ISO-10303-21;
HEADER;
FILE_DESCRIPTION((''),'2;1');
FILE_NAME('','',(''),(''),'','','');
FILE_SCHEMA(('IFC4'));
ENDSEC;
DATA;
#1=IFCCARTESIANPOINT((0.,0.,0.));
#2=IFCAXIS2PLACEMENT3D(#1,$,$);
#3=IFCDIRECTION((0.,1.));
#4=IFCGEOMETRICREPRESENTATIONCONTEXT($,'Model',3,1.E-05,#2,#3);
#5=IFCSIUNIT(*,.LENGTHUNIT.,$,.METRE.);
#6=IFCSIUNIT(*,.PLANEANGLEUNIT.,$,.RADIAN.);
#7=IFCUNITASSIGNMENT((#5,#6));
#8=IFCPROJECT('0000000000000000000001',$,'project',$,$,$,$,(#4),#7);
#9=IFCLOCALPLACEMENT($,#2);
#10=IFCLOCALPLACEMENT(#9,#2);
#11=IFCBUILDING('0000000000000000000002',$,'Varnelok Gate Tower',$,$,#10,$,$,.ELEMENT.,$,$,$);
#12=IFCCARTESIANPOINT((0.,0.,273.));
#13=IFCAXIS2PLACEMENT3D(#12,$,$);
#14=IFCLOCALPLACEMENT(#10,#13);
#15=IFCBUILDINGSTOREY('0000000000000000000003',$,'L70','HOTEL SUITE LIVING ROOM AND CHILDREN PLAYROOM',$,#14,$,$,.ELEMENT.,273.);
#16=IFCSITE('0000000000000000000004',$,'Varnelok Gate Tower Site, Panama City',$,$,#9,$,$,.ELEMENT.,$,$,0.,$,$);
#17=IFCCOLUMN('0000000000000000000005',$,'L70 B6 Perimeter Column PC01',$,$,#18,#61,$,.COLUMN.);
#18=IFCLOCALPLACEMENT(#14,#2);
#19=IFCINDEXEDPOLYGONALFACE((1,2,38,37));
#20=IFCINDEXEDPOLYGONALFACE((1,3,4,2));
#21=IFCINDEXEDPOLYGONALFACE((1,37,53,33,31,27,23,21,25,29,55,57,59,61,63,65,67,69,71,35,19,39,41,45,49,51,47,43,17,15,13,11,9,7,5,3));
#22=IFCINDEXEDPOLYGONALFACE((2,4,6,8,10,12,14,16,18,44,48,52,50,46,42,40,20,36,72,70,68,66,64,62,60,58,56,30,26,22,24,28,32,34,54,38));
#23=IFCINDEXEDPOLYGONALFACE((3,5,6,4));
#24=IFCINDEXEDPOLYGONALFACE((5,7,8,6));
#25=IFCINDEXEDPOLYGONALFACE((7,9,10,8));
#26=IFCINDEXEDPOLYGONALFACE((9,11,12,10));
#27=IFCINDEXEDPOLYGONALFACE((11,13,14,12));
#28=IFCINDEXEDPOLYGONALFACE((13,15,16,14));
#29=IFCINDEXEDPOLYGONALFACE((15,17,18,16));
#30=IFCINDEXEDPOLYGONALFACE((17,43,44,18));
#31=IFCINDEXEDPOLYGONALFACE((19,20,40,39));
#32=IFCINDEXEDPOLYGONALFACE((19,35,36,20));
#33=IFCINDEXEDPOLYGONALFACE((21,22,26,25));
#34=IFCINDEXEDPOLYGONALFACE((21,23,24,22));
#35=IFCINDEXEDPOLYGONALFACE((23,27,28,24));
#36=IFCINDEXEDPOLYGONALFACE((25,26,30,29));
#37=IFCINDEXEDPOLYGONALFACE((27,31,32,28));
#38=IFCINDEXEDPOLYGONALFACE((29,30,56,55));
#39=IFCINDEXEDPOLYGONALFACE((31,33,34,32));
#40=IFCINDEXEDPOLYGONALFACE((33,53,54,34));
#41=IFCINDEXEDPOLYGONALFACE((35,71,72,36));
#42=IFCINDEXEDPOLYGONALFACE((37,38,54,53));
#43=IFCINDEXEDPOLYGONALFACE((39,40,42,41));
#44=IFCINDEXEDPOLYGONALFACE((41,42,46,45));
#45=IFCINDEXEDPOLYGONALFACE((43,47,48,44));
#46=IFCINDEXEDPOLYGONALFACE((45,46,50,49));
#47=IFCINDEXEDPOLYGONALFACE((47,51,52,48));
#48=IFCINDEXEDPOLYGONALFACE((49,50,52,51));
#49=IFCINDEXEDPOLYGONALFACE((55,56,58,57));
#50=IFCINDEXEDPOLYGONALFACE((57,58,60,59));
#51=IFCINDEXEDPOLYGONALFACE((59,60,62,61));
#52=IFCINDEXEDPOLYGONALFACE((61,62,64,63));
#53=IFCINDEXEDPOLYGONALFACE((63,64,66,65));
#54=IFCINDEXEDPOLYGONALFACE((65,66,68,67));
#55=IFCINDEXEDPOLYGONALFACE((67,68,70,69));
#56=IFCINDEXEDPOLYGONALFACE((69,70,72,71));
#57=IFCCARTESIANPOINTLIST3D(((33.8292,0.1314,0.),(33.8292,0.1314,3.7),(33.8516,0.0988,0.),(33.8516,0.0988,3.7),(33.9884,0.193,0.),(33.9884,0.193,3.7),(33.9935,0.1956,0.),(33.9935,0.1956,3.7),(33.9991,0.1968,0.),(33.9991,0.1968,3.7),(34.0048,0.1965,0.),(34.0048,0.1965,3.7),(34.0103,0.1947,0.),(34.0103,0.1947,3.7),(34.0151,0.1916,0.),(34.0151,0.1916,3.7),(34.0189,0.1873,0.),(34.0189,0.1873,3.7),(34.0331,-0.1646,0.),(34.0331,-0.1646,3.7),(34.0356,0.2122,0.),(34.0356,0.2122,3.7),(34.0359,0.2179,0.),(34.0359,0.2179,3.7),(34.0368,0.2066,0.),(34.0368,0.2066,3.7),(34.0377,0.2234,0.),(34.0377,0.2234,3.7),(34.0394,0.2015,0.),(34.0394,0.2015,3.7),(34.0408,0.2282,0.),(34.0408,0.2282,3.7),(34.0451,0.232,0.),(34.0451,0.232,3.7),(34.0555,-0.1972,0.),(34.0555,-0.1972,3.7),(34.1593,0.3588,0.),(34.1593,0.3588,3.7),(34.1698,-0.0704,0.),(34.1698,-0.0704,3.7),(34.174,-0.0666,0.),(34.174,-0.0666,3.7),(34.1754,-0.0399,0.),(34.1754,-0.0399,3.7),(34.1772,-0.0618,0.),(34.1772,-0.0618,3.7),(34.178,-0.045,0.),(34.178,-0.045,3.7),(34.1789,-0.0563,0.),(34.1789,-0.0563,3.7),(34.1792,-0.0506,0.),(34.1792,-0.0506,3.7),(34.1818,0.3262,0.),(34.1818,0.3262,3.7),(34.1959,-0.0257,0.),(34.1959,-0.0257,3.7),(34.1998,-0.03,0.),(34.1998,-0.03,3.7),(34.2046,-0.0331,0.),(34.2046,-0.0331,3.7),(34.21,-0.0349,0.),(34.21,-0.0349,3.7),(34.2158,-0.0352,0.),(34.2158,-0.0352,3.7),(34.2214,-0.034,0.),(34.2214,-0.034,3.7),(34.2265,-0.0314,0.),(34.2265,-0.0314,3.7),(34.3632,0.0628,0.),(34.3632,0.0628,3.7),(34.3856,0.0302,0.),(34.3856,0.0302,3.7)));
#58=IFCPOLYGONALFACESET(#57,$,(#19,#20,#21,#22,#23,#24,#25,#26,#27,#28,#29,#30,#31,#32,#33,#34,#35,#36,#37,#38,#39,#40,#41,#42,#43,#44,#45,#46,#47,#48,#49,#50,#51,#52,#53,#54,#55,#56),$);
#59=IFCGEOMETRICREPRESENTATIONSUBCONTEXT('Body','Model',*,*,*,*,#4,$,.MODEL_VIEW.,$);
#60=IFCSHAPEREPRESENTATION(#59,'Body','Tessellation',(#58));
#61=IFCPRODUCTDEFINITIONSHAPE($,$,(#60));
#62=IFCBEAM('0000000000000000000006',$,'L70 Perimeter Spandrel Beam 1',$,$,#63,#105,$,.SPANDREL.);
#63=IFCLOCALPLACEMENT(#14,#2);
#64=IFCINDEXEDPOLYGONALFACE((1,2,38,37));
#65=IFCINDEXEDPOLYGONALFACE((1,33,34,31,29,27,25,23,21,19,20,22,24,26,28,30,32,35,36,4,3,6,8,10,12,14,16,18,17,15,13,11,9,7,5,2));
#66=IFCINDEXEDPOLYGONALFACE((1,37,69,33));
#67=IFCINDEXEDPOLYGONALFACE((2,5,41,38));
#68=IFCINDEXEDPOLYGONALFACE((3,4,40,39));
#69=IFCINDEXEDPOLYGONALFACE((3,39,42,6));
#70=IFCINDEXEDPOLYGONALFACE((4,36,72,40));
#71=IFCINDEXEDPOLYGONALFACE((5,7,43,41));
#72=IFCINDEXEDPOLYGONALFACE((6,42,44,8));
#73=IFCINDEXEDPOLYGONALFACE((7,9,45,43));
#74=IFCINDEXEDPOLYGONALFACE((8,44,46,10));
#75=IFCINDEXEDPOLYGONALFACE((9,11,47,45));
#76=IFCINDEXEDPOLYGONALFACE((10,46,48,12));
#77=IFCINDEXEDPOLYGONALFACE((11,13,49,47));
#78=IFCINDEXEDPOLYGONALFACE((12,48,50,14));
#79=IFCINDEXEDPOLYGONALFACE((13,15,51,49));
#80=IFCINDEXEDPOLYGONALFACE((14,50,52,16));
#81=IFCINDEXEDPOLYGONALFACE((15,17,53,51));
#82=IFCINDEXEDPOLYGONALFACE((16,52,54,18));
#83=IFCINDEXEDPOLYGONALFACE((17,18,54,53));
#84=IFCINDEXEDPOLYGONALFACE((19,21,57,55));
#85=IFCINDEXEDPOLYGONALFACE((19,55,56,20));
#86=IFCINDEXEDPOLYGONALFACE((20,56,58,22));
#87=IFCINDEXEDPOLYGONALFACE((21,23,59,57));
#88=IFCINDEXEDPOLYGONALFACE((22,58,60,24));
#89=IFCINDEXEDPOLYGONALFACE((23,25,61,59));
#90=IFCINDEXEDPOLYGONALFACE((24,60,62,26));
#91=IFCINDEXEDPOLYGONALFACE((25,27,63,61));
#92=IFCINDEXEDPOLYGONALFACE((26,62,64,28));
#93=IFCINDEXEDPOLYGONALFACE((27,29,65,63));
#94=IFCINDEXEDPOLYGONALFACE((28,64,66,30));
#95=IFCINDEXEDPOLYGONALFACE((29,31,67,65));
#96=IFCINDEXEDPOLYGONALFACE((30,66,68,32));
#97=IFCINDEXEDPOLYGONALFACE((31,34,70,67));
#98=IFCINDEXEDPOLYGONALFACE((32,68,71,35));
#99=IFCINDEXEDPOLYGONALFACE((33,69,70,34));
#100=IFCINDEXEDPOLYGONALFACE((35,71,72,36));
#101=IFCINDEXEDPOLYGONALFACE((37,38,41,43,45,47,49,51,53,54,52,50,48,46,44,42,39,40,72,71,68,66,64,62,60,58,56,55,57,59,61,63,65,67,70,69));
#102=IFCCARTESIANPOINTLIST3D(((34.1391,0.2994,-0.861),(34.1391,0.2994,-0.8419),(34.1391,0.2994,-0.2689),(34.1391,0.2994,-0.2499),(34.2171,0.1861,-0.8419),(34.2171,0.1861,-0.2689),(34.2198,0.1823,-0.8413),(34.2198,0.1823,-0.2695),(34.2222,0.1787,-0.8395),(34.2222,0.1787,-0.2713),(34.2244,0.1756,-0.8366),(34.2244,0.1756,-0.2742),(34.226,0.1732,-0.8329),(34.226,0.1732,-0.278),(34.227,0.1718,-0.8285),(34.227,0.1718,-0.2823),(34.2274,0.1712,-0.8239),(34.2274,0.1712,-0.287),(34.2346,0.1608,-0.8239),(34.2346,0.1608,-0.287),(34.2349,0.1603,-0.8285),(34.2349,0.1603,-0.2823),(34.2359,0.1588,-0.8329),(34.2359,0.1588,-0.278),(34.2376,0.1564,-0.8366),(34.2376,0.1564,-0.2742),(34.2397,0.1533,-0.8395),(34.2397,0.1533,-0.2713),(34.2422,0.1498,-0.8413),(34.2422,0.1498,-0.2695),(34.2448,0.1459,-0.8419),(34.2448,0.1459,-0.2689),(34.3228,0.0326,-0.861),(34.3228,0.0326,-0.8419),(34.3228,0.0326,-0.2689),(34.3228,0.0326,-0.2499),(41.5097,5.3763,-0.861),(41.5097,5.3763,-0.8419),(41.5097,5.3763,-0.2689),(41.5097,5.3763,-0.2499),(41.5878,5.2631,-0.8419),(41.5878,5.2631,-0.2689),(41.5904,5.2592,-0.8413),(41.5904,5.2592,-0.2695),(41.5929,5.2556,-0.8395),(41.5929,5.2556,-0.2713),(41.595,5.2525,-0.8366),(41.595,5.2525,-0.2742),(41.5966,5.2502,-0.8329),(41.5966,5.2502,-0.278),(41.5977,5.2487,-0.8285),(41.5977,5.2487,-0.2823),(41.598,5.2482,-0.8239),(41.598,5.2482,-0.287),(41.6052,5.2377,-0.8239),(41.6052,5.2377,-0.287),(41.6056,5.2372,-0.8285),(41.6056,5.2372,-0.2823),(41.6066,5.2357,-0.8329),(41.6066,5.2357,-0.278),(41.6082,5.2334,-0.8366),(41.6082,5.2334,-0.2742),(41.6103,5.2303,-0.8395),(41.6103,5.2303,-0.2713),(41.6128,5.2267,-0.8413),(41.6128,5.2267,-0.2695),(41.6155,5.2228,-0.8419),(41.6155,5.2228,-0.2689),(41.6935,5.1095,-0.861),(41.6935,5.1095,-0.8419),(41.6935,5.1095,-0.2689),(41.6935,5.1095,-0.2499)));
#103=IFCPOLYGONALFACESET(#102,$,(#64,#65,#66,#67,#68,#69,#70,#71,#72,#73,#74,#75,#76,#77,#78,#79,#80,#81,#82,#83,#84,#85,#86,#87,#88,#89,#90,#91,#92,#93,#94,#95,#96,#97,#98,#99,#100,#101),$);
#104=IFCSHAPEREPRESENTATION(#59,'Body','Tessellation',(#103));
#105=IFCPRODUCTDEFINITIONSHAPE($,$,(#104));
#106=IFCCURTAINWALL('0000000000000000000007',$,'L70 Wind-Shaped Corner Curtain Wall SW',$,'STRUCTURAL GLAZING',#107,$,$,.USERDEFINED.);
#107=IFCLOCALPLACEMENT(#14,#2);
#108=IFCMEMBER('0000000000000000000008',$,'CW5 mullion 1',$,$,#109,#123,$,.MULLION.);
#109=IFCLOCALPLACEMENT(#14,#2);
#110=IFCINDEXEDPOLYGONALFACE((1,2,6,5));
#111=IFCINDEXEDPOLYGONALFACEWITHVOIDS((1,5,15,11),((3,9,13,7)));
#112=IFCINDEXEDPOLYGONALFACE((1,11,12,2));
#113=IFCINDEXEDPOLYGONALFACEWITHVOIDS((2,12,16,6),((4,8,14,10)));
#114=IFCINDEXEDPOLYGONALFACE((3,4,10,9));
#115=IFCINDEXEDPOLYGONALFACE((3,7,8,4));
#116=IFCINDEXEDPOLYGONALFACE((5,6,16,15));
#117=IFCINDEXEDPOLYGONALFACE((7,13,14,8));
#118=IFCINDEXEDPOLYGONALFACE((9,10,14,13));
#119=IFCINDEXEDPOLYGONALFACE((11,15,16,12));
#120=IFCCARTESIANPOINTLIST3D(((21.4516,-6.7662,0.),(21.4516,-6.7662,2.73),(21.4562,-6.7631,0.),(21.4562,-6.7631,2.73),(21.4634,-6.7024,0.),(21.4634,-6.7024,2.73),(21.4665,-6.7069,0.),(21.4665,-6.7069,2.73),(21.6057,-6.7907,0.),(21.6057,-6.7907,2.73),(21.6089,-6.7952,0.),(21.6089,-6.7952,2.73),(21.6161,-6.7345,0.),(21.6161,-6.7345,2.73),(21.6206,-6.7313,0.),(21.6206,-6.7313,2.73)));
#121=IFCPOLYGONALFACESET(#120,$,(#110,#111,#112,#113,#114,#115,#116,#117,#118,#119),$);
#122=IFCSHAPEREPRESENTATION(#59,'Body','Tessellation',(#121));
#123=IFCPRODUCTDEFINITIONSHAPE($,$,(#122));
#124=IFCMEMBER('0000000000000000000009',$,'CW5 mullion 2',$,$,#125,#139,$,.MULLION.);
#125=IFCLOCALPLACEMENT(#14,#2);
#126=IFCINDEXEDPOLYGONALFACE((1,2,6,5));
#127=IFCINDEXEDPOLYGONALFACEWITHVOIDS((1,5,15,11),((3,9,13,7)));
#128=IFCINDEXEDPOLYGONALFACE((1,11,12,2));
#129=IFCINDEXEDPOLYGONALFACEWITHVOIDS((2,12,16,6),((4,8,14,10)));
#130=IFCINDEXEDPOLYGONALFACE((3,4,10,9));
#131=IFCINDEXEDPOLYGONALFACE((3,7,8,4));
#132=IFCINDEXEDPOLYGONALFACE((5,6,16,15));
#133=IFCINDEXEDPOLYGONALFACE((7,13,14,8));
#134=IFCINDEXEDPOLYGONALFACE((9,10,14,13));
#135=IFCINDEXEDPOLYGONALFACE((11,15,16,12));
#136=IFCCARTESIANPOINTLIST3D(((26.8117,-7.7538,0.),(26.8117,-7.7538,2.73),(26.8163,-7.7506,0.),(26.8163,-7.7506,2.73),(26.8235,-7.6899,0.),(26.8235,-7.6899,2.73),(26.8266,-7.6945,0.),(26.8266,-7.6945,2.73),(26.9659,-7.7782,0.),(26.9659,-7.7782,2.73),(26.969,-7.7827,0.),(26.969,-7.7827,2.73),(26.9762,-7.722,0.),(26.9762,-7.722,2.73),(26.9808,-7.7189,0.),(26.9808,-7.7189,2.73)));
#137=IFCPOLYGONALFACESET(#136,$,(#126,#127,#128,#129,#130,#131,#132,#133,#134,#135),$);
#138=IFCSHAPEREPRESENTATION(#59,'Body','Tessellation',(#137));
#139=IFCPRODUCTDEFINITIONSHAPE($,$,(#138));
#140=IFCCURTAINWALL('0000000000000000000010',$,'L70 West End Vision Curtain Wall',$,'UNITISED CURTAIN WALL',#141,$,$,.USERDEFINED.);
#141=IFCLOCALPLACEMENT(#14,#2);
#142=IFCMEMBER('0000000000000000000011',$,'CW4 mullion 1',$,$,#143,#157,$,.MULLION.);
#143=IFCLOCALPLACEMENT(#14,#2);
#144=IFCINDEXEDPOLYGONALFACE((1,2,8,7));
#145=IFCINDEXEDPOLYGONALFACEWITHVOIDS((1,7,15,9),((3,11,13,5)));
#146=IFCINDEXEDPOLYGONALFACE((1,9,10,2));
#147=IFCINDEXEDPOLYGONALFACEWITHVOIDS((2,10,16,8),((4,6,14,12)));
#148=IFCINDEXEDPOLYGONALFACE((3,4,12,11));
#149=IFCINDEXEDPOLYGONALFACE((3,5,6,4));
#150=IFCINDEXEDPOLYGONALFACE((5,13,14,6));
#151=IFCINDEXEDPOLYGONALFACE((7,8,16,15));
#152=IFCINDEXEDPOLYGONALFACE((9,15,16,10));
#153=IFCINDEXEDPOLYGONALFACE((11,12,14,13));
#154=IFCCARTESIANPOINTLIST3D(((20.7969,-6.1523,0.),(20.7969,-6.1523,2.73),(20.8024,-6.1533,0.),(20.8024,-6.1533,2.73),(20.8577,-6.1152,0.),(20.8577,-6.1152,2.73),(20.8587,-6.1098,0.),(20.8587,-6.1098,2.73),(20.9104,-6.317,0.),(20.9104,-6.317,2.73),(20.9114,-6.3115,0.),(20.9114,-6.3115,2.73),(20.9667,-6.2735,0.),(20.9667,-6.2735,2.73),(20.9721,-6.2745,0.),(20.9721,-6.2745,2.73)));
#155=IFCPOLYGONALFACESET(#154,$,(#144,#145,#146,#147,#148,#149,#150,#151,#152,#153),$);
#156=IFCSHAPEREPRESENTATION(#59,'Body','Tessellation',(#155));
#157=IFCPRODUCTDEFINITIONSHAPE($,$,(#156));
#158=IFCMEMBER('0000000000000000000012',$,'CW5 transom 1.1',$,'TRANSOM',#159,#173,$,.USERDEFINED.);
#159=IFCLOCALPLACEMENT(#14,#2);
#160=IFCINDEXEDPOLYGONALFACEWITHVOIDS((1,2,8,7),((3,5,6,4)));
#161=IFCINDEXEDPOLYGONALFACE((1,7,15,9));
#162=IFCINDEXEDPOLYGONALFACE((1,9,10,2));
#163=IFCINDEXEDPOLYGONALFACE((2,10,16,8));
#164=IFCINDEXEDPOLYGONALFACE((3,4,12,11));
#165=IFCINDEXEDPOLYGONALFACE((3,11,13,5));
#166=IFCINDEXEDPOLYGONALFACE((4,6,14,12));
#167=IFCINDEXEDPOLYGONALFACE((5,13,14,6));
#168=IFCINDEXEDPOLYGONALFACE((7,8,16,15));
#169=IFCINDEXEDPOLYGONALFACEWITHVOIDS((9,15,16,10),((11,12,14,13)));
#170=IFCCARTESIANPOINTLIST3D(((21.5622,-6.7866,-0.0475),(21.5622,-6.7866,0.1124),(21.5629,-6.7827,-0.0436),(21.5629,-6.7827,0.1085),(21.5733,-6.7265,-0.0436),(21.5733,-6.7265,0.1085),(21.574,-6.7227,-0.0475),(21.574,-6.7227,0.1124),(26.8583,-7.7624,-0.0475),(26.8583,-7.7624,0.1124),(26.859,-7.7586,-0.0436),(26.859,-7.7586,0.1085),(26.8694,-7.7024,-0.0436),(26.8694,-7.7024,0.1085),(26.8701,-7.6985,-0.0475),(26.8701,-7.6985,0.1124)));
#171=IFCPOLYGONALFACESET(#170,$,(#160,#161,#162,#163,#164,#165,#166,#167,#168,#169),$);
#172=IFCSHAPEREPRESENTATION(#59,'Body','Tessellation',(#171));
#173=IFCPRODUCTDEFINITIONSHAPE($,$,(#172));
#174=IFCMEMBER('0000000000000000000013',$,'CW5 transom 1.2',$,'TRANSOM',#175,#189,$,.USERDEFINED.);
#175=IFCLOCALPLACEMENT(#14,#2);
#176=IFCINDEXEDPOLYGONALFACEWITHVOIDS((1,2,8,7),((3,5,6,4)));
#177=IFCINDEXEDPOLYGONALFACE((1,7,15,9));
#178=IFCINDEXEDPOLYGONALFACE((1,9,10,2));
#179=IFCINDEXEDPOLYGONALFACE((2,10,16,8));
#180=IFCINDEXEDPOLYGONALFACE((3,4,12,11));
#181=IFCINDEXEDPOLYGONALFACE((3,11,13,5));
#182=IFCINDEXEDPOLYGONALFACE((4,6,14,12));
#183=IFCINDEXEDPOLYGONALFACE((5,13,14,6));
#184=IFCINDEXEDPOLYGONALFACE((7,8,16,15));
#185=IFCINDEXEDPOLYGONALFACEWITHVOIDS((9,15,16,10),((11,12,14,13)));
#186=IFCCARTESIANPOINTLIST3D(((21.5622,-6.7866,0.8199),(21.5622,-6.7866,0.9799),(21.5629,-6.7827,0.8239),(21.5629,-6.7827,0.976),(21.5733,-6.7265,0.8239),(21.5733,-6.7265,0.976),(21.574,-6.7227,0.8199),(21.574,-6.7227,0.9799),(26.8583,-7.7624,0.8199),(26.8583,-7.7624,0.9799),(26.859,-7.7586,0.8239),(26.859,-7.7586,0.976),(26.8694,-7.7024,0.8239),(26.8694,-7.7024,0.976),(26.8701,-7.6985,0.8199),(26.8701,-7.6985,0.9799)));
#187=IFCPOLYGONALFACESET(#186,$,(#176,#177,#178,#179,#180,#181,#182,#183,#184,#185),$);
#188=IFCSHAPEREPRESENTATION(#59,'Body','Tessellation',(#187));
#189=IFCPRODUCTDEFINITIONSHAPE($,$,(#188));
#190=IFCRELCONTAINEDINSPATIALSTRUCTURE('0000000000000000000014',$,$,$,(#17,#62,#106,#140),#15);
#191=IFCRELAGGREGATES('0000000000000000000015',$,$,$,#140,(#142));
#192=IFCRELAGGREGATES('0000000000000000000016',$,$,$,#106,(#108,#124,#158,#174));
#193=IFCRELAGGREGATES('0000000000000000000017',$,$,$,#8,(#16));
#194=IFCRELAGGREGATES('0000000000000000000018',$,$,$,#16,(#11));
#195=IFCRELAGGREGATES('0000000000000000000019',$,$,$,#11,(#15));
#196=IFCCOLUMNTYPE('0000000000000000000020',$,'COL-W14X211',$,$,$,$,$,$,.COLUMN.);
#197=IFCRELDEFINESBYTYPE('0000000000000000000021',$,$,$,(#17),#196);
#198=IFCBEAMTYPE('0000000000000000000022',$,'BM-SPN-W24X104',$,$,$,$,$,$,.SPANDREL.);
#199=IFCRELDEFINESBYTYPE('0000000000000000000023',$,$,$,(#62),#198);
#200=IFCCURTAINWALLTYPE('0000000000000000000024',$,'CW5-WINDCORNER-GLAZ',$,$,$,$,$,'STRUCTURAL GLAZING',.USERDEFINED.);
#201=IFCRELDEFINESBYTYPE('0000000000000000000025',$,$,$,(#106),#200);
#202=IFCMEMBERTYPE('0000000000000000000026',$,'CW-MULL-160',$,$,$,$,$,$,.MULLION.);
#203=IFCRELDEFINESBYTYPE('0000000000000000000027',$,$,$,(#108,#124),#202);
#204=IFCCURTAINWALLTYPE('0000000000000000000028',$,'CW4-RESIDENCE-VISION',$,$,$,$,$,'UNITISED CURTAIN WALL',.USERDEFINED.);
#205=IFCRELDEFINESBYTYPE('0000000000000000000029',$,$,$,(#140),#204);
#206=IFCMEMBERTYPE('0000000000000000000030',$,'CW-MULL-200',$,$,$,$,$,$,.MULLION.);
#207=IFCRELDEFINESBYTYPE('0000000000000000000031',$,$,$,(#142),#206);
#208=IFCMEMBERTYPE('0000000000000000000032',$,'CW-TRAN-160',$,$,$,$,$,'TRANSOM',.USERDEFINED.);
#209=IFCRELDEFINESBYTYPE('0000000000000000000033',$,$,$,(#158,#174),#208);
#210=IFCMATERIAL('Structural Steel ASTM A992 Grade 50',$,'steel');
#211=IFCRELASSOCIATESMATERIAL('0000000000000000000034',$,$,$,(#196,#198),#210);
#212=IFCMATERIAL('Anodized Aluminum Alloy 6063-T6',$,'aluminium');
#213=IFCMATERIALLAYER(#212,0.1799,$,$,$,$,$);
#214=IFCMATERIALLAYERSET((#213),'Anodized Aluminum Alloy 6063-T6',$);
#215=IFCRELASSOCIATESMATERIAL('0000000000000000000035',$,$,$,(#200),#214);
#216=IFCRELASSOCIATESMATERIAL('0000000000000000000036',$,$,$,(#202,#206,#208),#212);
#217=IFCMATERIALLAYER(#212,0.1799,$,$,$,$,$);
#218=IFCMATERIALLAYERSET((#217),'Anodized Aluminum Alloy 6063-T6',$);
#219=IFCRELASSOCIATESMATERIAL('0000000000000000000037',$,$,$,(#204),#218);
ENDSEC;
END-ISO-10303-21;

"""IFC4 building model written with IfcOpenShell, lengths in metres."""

from ifc_helpers import new_model, si_unit, direction, frame, origin, origin_2d, place, context, subcontext, project, spatial, hollow_rectangle, i_section, extrude, material, layer, layer_set, material_profile, profile_set, type_object, element, aggregate, save


model = new_model("IFC4")

# Units and contexts
model_context = context("Model", 3, precision=1e-05, world=origin(), true_north=direction((0.0, 1.0)))
body_context = subcontext(model_context, "Body", "Model", "MODEL_VIEW")
ifc_project = project(units=[si_unit("LENGTHUNIT", "METRE"), si_unit("PLANEANGLEUNIT", "RADIAN")], contexts=[model_context])

# Site, building, storey
site_placement = place(None, origin())
site = spatial("IfcSite", under=ifc_project, at=site_placement, Name="Varnelok Gate Tower Site, Panama City", CompositionType="ELEMENT", RefElevation=0.0)
building_placement = place(site_placement, origin())
building = spatial("IfcBuilding", under=site, at=building_placement, Name="Varnelok Gate Tower", CompositionType="ELEMENT")
storey_placement = place(building_placement, frame((0.0, 0.0, 273.0)))
storey = spatial("IfcBuildingStorey", under=building, at=storey_placement, Name="L70", Description="HOTEL SUITE LIVING ROOM AND CHILDREN PLAYROOM", CompositionType="ELEMENT", Elevation=273.0)

# Column
ifc_material_1 = material(Name="Structural Steel ASTM A992 Grade 50", Category="steel")
ifc_material_profile_1 = material_profile(ifc_material_1, i_section(OverallWidth=0.4009, OverallDepth=0.3989, WebThickness=0.0249, FlangeThickness=0.0396, FilletRadius=0.022, at=origin_2d()), Name="W14X211")
ifc_profile_set_1 = profile_set([ifc_material_profile_1], Name="Structural Steel ASTM A992 Grade 50")
column_type = type_object("IfcColumnType", Name="COL-W14X211", PredefinedType="COLUMN", material=ifc_profile_set_1)
column_placement = place(storey_placement, frame((34.1074, 0.0808, 0.0), z_axis=(0.0, 0.0, 1.0), x_axis=(0.823533, 0.567269, 0.0)))
element("IfcColumn", 1, at=column_placement, inside=storey, type_object=column_type, Name="L70 B6 Perimeter Column PC01", PredefinedType="COLUMN", context=body_context, shape_type="SweptSolid", body=[
    extrude(i_section(OverallWidth=0.4009, OverallDepth=0.3989, WebThickness=0.0249, FlangeThickness=0.0396, FilletRadius=0.022, at=origin_2d()), origin(), (0.0, 0.0, 1.0), 3.7),
])

# Beam
ifc_material_profile_2 = material_profile(ifc_material_1, i_section(OverallWidth=0.324, OverallDepth=0.6111, WebThickness=0.0127, FlangeThickness=0.019, FilletRadius=0.0181, at=origin_2d()), Name="W24X104")
ifc_profile_set_2 = profile_set([ifc_material_profile_2], Name="Structural Steel ASTM A992 Grade 50")
beam_type = type_object("IfcBeamType", Name="BM-SPN-W24X104", PredefinedType="SPANDREL", material=ifc_profile_set_2)
beam_placement = place(storey_placement, frame((34.231, 0.166, -0.5554), z_axis=(0.82354, 0.567258, 0.0), x_axis=(-0.567258, 0.82354, 0.0)))
element("IfcBeam", 2, at=beam_placement, inside=storey, type_object=beam_type, Name="L70 Perimeter Spandrel Beam 1", PredefinedType="SPANDREL", context=body_context, shape_type="SweptSolid", body=[
    extrude(i_section(OverallWidth=0.324, OverallDepth=0.6111, WebThickness=0.0127, FlangeThickness=0.019, FilletRadius=0.0181, at=origin_2d()), origin(), (0.0, 0.0, 1.0), 8.95),
])

# Curtain wall, members
ifc_material_2 = material(Name="Anodized Aluminum Alloy 6063-T6", Category="aluminium")
ifc_layer_1 = layer(ifc_material_2, 0.1799)
ifc_layer_set_1 = layer_set([ifc_layer_1], Name="Anodized Aluminum Alloy 6063-T6")
curtain_wall_type_1 = type_object("IfcCurtainWallType", Name="CW5-WINDCORNER-GLAZ", ElementType="STRUCTURAL GLAZING", PredefinedType="USERDEFINED", material=ifc_layer_set_1)
curtain_wall_1_placement = place(storey_placement, origin())
curtain_wall_1 = element("IfcCurtainWall", 3, at=curtain_wall_1_placement, inside=storey, type_object=curtain_wall_type_1, Name="L70 Wind-Shaped Corner Curtain Wall SW", ObjectType="STRUCTURAL GLAZING", PredefinedType="USERDEFINED")
ifc_material_profile_3 = material_profile(ifc_material_2, hollow_rectangle(XDim=0.0649, YDim=0.1599, WallThickness=0.0039, at=origin_2d()), Name="ALU160X65X4")
ifc_profile_set_3 = profile_set([ifc_material_profile_3], Name="Anodized Aluminum Alloy 6063-T6")
member_type_1 = type_object("IfcMemberType", Name="CW-MULL-160", PredefinedType="MULLION", material=ifc_profile_set_3)
member_1_placement = place(storey_placement, frame((21.5361, -6.7488, 0.0), z_axis=(0.0, 0.0, 1.0), x_axis=(0.181202, 0.983446, 0.0)))
member_1 = element("IfcMember", 4, at=member_1_placement, type_object=member_type_1, Name="CW5 mullion 1", PredefinedType="MULLION", context=body_context, shape_type="SweptSolid", body=[
    extrude(hollow_rectangle(XDim=0.0649, YDim=0.1599, WallThickness=0.0039, at=origin_2d()), origin(), (0.0, 0.0, 1.0), 2.73),
])
member_2_placement = place(storey_placement, frame((26.8962, -7.7363, 0.0), z_axis=(0.0, 0.0, 1.0), x_axis=(0.181202, 0.983446, 0.0)))
member_2 = element("IfcMember", 5, at=member_2_placement, type_object=member_type_1, Name="CW5 mullion 2", PredefinedType="MULLION", context=body_context, shape_type="SweptSolid", body=[
    extrude(hollow_rectangle(XDim=0.0649, YDim=0.1599, WallThickness=0.0039, at=origin_2d()), origin(), (0.0, 0.0, 1.0), 2.73),
])

# Curtain wall, member
ifc_layer_2 = layer(ifc_material_2, 0.1799)
ifc_layer_set_2 = layer_set([ifc_layer_2], Name="Anodized Aluminum Alloy 6063-T6")
curtain_wall_type_2 = type_object("IfcCurtainWallType", Name="CW4-RESIDENCE-VISION", ElementType="UNITISED CURTAIN WALL", PredefinedType="USERDEFINED", material=ifc_layer_set_2)
curtain_wall_2_placement = place(storey_placement, origin())
curtain_wall_2 = element("IfcCurtainWall", 6, at=curtain_wall_2_placement, inside=storey, type_object=curtain_wall_type_2, Name="L70 West End Vision Curtain Wall", ObjectType="UNITISED CURTAIN WALL", PredefinedType="USERDEFINED")
ifc_material_profile_4 = material_profile(ifc_material_2, hollow_rectangle(XDim=0.075, YDim=0.2, WallThickness=0.0039, at=origin_2d()), Name="ALU200X75X4")
ifc_profile_set_4 = profile_set([ifc_material_profile_4], Name="Anodized Aluminum Alloy 6063-T6")
member_type_2 = type_object("IfcMemberType", Name="CW-MULL-200", PredefinedType="MULLION", material=ifc_profile_set_4)
member_3_placement = place(storey_placement, frame((20.8845, -6.2134, 0.0), z_axis=(0.0, 0.0, 1.0), x_axis=(-0.823532, -0.567269, 0.0)))
member_3 = element("IfcMember", 7, at=member_3_placement, type_object=member_type_2, Name="CW4 mullion 1", PredefinedType="MULLION", context=body_context, shape_type="SweptSolid", body=[
    extrude(hollow_rectangle(XDim=0.075, YDim=0.2, WallThickness=0.0039, at=origin_2d()), origin(), (0.0, 0.0, 1.0), 2.73),
])

# Members
ifc_material_profile_5 = material_profile(ifc_material_2, hollow_rectangle(XDim=0.0649, YDim=0.1599, WallThickness=0.0039, at=origin_2d()), Name="ALU160X65X4")
ifc_profile_set_5 = profile_set([ifc_material_profile_5], Name="Anodized Aluminum Alloy 6063-T6")
member_type_3 = type_object("IfcMemberType", Name="CW-TRAN-160", ElementType="TRANSOM", PredefinedType="USERDEFINED", material=ifc_profile_set_5)
member_4_placement = place(storey_placement, frame((21.5681, -6.7546, 0.0325), z_axis=(0.983446, -0.181203, 0.0), x_axis=(0.181203, 0.983446, 0.0)))
member_4 = element("IfcMember", 8, at=member_4_placement, type_object=member_type_3, Name="CW5 transom 1.1", ObjectType="TRANSOM", PredefinedType="USERDEFINED", context=body_context, shape_type="SweptSolid", body=[
    extrude(hollow_rectangle(XDim=0.0649, YDim=0.1599, WallThickness=0.0039, at=origin_2d()), origin(), (0.0, 0.0, 1.0), 5.3853),
])
member_5_placement = place(storey_placement, frame((21.5681, -6.7546, 0.8999), z_axis=(0.983446, -0.181203, 0.0), x_axis=(0.181203, 0.983446, 0.0)))
member_5 = element("IfcMember", 9, at=member_5_placement, type_object=member_type_3, Name="CW5 transom 1.2", ObjectType="TRANSOM", PredefinedType="USERDEFINED", context=body_context, shape_type="SweptSolid", body=[
    extrude(hollow_rectangle(XDim=0.0649, YDim=0.1599, WallThickness=0.0039, at=origin_2d()), origin(), (0.0, 0.0, 1.0), 5.3853),
])
aggregate(curtain_wall_2, [member_3])

aggregate(curtain_wall_1, [member_1, member_2, member_4, member_5])

save(model, "model.ifc")
